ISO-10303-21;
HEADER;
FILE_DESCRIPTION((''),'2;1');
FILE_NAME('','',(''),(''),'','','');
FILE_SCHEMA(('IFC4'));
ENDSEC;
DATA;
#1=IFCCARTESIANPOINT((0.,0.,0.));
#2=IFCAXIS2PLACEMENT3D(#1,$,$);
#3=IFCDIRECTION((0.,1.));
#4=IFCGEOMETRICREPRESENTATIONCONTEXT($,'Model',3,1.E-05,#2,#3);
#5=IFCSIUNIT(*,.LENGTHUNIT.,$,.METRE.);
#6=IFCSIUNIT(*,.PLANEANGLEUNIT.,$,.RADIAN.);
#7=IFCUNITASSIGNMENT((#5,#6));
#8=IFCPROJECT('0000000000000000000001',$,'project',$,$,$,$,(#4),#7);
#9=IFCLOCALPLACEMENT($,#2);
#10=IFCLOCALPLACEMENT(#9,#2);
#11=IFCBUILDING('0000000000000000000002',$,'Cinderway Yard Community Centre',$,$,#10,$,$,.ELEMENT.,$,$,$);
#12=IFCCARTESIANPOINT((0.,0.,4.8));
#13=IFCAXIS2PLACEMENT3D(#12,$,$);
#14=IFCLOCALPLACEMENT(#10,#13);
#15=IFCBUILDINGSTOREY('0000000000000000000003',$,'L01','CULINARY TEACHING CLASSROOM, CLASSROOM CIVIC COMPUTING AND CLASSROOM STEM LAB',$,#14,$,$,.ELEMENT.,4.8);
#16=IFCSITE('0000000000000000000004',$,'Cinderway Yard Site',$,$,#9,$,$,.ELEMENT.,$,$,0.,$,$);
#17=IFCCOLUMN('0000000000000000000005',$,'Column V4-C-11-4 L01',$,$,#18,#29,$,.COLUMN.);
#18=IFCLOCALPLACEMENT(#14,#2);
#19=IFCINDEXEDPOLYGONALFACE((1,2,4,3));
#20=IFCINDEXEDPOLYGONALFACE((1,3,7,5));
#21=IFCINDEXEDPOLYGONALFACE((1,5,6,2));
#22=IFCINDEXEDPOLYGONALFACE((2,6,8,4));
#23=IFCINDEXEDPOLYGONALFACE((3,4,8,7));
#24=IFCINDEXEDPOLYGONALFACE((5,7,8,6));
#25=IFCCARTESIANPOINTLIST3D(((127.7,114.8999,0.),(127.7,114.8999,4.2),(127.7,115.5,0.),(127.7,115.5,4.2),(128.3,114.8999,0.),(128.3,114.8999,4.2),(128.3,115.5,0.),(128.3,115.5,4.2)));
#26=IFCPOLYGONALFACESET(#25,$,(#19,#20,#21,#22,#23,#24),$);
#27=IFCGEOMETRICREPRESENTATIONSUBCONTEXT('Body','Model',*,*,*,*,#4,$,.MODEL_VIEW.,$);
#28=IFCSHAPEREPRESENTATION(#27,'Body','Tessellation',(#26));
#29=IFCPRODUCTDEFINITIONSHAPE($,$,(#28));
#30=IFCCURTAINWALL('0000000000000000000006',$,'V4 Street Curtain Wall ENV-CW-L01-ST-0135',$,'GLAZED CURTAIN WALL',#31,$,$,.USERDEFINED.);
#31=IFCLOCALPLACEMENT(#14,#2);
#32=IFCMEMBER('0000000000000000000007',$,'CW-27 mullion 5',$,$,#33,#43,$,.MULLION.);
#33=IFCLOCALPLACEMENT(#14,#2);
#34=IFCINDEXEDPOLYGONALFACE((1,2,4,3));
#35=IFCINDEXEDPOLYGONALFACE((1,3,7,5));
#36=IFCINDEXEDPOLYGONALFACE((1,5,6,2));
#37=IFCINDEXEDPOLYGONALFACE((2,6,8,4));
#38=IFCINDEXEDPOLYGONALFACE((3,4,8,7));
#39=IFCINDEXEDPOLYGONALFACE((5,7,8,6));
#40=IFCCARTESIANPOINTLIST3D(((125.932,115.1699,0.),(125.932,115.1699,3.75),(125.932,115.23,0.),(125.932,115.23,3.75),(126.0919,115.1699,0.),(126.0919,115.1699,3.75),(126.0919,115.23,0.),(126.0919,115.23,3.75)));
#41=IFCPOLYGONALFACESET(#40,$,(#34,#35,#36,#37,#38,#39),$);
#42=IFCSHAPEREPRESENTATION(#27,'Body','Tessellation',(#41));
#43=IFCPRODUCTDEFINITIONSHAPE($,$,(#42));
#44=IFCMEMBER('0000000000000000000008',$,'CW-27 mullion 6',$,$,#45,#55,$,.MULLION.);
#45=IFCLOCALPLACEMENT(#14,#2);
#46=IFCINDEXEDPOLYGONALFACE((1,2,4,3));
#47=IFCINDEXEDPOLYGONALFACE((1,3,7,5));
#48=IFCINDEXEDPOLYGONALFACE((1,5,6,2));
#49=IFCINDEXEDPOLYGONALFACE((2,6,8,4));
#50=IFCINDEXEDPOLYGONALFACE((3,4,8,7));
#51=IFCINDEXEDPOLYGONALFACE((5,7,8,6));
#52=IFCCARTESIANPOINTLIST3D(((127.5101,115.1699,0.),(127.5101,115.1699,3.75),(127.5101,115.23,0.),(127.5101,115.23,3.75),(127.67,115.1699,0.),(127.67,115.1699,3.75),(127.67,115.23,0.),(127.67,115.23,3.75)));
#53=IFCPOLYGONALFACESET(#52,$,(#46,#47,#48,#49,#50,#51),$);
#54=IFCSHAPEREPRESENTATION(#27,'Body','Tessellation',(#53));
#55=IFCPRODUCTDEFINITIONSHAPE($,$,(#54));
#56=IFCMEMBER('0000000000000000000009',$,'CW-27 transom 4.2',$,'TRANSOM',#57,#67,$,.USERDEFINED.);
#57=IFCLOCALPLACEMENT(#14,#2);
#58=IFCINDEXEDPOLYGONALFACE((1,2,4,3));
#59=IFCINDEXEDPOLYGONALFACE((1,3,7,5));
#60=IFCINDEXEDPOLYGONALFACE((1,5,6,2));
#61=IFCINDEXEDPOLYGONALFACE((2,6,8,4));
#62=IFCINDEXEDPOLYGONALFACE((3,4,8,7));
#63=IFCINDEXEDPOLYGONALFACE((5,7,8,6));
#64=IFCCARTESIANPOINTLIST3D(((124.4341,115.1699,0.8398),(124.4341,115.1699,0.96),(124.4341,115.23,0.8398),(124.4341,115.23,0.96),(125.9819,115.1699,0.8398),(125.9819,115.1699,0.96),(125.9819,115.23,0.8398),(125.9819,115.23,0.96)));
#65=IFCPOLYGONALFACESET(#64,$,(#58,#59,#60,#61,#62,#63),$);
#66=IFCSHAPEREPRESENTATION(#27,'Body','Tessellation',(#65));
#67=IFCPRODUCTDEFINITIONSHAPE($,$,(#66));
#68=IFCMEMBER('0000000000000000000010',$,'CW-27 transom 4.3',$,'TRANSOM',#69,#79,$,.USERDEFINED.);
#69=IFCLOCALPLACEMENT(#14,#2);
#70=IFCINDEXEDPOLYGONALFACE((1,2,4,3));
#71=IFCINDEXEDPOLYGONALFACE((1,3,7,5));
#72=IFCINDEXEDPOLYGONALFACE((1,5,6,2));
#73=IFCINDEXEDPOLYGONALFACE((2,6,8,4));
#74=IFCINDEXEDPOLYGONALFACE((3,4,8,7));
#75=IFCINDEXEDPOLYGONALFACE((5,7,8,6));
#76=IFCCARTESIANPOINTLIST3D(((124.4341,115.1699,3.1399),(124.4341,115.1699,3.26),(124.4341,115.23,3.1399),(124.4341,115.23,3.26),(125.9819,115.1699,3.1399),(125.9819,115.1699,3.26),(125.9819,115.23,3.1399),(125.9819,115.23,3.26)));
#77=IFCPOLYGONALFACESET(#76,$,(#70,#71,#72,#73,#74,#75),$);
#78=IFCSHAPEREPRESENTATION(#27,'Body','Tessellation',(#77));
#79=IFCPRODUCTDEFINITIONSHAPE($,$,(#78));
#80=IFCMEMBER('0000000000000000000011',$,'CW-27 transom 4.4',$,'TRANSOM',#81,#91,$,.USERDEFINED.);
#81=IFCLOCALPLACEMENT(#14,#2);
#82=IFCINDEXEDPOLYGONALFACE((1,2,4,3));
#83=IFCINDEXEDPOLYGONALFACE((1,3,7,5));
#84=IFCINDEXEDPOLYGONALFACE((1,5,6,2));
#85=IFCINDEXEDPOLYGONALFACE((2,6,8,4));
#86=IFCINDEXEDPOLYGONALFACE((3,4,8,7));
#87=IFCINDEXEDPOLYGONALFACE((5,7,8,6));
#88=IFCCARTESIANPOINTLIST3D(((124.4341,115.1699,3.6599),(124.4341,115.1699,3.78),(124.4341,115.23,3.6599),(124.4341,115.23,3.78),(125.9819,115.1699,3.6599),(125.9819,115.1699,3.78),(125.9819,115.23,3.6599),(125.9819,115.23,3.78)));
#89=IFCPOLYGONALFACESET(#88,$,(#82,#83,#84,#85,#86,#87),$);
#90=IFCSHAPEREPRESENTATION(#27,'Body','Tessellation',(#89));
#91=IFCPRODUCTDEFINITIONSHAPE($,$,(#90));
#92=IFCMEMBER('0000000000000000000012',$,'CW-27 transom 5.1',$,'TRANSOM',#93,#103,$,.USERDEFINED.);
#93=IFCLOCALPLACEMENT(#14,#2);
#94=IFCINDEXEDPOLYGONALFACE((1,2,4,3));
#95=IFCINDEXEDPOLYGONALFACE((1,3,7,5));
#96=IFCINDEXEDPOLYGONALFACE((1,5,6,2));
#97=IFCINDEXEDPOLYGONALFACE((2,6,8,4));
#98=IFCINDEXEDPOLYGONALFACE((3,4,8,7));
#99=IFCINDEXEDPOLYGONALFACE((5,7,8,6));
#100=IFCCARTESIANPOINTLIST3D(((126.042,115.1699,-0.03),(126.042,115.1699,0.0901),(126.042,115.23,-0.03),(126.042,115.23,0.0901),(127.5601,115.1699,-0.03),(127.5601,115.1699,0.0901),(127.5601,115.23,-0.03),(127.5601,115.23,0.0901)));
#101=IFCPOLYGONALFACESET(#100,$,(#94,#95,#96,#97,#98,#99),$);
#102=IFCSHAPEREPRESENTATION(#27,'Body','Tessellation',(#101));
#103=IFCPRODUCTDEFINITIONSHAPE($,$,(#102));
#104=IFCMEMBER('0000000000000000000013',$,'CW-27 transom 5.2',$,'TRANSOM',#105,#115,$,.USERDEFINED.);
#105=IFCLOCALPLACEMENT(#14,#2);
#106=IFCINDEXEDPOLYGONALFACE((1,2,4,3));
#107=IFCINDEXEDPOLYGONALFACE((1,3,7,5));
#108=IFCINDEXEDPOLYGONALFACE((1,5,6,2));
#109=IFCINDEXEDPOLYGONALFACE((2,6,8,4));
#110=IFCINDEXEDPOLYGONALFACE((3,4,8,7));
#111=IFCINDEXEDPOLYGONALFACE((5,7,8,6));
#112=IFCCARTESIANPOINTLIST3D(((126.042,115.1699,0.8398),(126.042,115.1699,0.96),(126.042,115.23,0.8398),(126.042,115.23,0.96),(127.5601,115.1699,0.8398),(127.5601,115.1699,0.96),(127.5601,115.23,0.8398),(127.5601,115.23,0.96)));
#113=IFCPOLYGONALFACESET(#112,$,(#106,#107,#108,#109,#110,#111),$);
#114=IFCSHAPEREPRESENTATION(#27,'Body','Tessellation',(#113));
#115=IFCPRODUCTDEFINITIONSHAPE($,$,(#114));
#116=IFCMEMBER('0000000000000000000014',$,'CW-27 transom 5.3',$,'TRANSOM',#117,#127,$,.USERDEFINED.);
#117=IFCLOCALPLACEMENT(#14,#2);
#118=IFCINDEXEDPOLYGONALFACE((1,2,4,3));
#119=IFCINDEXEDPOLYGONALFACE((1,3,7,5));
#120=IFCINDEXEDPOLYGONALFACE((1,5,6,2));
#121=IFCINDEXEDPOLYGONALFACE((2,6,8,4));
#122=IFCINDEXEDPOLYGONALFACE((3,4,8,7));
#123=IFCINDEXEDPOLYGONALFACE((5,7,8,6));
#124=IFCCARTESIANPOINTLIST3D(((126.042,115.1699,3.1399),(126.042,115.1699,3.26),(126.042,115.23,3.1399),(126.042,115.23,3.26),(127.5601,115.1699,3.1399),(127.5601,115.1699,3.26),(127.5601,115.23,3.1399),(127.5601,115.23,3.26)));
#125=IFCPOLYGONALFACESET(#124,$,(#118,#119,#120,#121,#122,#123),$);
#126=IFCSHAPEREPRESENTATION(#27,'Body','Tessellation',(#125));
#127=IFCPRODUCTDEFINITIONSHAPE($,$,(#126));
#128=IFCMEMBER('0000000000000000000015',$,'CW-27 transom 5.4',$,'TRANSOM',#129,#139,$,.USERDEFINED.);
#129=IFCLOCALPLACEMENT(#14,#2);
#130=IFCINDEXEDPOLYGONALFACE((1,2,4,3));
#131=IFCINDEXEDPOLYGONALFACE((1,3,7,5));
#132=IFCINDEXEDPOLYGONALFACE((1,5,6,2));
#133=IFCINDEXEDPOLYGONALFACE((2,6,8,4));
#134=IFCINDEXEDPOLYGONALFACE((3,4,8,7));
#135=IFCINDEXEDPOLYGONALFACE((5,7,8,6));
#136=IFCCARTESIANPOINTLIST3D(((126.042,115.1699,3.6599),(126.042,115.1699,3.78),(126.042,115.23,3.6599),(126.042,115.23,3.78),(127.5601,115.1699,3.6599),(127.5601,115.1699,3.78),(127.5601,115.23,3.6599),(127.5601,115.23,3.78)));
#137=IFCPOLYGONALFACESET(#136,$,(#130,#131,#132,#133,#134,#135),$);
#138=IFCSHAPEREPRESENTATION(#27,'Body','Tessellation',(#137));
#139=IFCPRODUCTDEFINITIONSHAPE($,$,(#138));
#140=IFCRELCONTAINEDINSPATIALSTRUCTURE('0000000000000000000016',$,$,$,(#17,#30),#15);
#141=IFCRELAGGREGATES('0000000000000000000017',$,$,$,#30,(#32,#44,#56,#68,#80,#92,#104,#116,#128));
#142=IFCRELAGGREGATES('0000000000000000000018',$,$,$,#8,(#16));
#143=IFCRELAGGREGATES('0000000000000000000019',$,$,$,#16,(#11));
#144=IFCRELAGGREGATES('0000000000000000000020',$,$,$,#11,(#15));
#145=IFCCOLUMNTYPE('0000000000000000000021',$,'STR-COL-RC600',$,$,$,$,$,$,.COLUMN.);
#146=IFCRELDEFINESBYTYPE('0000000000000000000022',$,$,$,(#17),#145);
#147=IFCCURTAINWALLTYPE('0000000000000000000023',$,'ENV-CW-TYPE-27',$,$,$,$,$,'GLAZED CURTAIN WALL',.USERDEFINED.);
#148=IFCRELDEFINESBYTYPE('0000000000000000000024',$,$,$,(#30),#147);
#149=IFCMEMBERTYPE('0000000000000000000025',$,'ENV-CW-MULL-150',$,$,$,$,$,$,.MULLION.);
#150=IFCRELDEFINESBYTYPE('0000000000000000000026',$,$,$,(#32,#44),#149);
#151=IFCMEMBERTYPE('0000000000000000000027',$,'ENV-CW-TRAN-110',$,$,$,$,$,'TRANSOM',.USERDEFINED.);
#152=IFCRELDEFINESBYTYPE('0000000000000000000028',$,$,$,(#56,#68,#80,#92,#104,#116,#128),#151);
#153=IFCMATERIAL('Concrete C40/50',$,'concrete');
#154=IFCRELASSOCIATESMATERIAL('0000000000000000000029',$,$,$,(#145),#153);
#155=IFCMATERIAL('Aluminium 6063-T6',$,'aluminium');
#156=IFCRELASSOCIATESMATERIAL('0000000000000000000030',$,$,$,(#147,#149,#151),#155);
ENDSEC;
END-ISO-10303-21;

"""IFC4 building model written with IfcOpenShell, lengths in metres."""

from ifc_helpers import new_model, si_unit, direction, frame, origin, origin_2d, place, context, subcontext, project, spatial, rectangle, extrude, material, material_profile, profile_set, type_object, element, aggregate, save


model = new_model("IFC4")

# Units and contexts
model_context = context("Model", 3, precision=1e-05, world=origin(), true_north=direction((0.0, 1.0)))
body_context = subcontext(model_context, "Body", "Model", "MODEL_VIEW")
ifc_project = project(units=[si_unit("LENGTHUNIT", "METRE"), si_unit("PLANEANGLEUNIT", "RADIAN")], contexts=[model_context])

# Site, building, storey
site_placement = place(None, origin())
site = spatial("IfcSite", under=ifc_project, at=site_placement, Name="Cinderway Yard Site", CompositionType="ELEMENT", RefElevation=0.0)
building_placement = place(site_placement, origin())
building = spatial("IfcBuilding", under=site, at=building_placement, Name="Cinderway Yard Community Centre", CompositionType="ELEMENT")
storey_placement = place(building_placement, frame((0.0, 0.0, 4.8)))
storey = spatial("IfcBuildingStorey", under=building, at=storey_placement, Name="L01", Description="CULINARY TEACHING CLASSROOM, CLASSROOM CIVIC COMPUTING AND CLASSROOM STEM LAB", CompositionType="ELEMENT", Elevation=4.8)

# Column
ifc_material_1 = material(Name="Concrete C40/50", Category="concrete")
ifc_material_profile_1 = material_profile(ifc_material_1, rectangle(XDim=0.6001, YDim=0.6001, at=origin_2d()), Name="Concrete C40/50")
ifc_profile_set_1 = profile_set([ifc_material_profile_1], Name="Concrete C40/50")
column_type = type_object("IfcColumnType", Name="STR-COL-RC600", PredefinedType="COLUMN", material=ifc_profile_set_1)
column_placement = place(storey_placement, frame((128.0, 115.2, 0.0), z_axis=(0.0, 0.0, 1.0), x_axis=(1.0, 0.0, 0.0)))
element("IfcColumn", 1, at=column_placement, inside=storey, type_object=column_type, Name="Column V4-C-11-4 L01", PredefinedType="COLUMN", context=body_context, shape_type="SweptSolid", body=[
    extrude(rectangle(XDim=0.6001, YDim=0.6001, at=origin_2d()), origin(), (0.0, 0.0, 1.0), 4.2),
])

# Curtain wall, members
ifc_material_2 = material(Name="Aluminium 6063-T6", Category="aluminium")
curtain_wall_type = type_object("IfcCurtainWallType", Name="ENV-CW-TYPE-27", ElementType="GLAZED CURTAIN WALL", PredefinedType="USERDEFINED", material=ifc_material_2)
curtain_wall_placement = place(storey_placement, origin())
curtain_wall = element("IfcCurtainWall", 2, at=curtain_wall_placement, inside=storey, type_object=curtain_wall_type, Name="V4 Street Curtain Wall ENV-CW-L01-ST-0135", ObjectType="GLAZED CURTAIN WALL", PredefinedType="USERDEFINED")
ifc_material_profile_2 = material_profile(ifc_material_2, rectangle(XDim=0.0601, YDim=0.1599, at=origin_2d()), Name="Aluminium 6063-T6")
ifc_profile_set_2 = profile_set([ifc_material_profile_2], Name="Aluminium 6063-T6")
member_type_1 = type_object("IfcMemberType", Name="ENV-CW-MULL-150", PredefinedType="MULLION", material=ifc_profile_set_2)
member_1_placement = place(storey_placement, frame((126.012, 115.2, 0.0), z_axis=(0.0, 0.0, 1.0), x_axis=(0.0, 1.0, 0.0)))
member_1 = element("IfcMember", 3, at=member_1_placement, type_object=member_type_1, Name="CW-27 mullion 5", PredefinedType="MULLION", context=body_context, shape_type="SweptSolid", body=[
    extrude(rectangle(XDim=0.0601, YDim=0.1599, at=origin_2d()), origin(), (0.0, 0.0, 1.0), 3.75),
])
member_2_placement = place(storey_placement, frame((127.5901, 115.2, 0.0), z_axis=(0.0, 0.0, 1.0), x_axis=(0.0, 1.0, 0.0)))
member_2 = element("IfcMember", 4, at=member_2_placement, type_object=member_type_1, Name="CW-27 mullion 6", PredefinedType="MULLION", context=body_context, shape_type="SweptSolid", body=[
    extrude(rectangle(XDim=0.0601, YDim=0.1599, at=origin_2d()), origin(), (0.0, 0.0, 1.0), 3.75),
])
ifc_material_profile_3 = material_profile(ifc_material_2, rectangle(XDim=0.0601, YDim=0.1201, at=origin_2d()), Name="Aluminium 6063-T6")
ifc_profile_set_3 = profile_set([ifc_material_profile_3], Name="Aluminium 6063-T6")
member_type_2 = type_object("IfcMemberType", Name="ENV-CW-TRAN-110", ElementType="TRANSOM", PredefinedType="USERDEFINED", material=ifc_profile_set_3)
member_3_placement = place(storey_placement, frame((124.4341, 115.2, 0.8999), z_axis=(1.0, 0.0, 0.0), x_axis=(0.0, 1.0, 0.0)))
member_3 = element("IfcMember", 5, at=member_3_placement, type_object=member_type_2, Name="CW-27 transom 4.2", ObjectType="TRANSOM", PredefinedType="USERDEFINED", context=body_context, shape_type="SweptSolid", body=[
    extrude(rectangle(XDim=0.0601, YDim=0.1201, at=origin_2d()), origin(), (0.0, 0.0, 1.0), 1.5479),
])
member_4_placement = place(storey_placement, frame((124.4341, 115.2, 3.2), z_axis=(1.0, 0.0, 0.0), x_axis=(0.0, 1.0, 0.0)))
member_4 = element("IfcMember", 6, at=member_4_placement, type_object=member_type_2, Name="CW-27 transom 4.3", ObjectType="TRANSOM", PredefinedType="USERDEFINED", context=body_context, shape_type="SweptSolid", body=[
    extrude(rectangle(XDim=0.0601, YDim=0.1201, at=origin_2d()), origin(), (0.0, 0.0, 1.0), 1.5479),
])
member_5_placement = place(storey_placement, frame((124.4341, 115.2, 3.72), z_axis=(1.0, 0.0, 0.0), x_axis=(0.0, 1.0, 0.0)))
member_5 = element("IfcMember", 7, at=member_5_placement, type_object=member_type_2, Name="CW-27 transom 4.4", ObjectType="TRANSOM", PredefinedType="USERDEFINED", context=body_context, shape_type="SweptSolid", body=[
    extrude(rectangle(XDim=0.0601, YDim=0.1201, at=origin_2d()), origin(), (0.0, 0.0, 1.0), 1.5479),
])
member_6_placement = place(storey_placement, frame((126.042, 115.2, 0.03), z_axis=(1.0, 0.0, 0.0), x_axis=(0.0, 1.0, 0.0)))
member_6 = element("IfcMember", 8, at=member_6_placement, type_object=member_type_2, Name="CW-27 transom 5.1", ObjectType="TRANSOM", PredefinedType="USERDEFINED", context=body_context, shape_type="SweptSolid", body=[
    extrude(rectangle(XDim=0.0601, YDim=0.1201, at=origin_2d()), origin(), (0.0, 0.0, 1.0), 1.5181),
])
member_7_placement = place(storey_placement, frame((126.042, 115.2, 0.8999), z_axis=(1.0, 0.0, 0.0), x_axis=(0.0, 1.0, 0.0)))
member_7 = element("IfcMember", 9, at=member_7_placement, type_object=member_type_2, Name="CW-27 transom 5.2", ObjectType="TRANSOM", PredefinedType="USERDEFINED", context=body_context, shape_type="SweptSolid", body=[
    extrude(rectangle(XDim=0.0601, YDim=0.1201, at=origin_2d()), origin(), (0.0, 0.0, 1.0), 1.5181),
])
member_8_placement = place(storey_placement, frame((126.042, 115.2, 3.2), z_axis=(1.0, 0.0, 0.0), x_axis=(0.0, 1.0, 0.0)))
member_8 = element("IfcMember", 10, at=member_8_placement, type_object=member_type_2, Name="CW-27 transom 5.3", ObjectType="TRANSOM", PredefinedType="USERDEFINED", context=body_context, shape_type="SweptSolid", body=[
    extrude(rectangle(XDim=0.0601, YDim=0.1201, at=origin_2d()), origin(), (0.0, 0.0, 1.0), 1.5181),
])
member_9_placement = place(storey_placement, frame((126.042, 115.2, 3.72), z_axis=(1.0, 0.0, 0.0), x_axis=(0.0, 1.0, 0.0)))
member_9 = element("IfcMember", 11, at=member_9_placement, type_object=member_type_2, Name="CW-27 transom 5.4", ObjectType="TRANSOM", PredefinedType="USERDEFINED", context=body_context, shape_type="SweptSolid", body=[
    extrude(rectangle(XDim=0.0601, YDim=0.1201, at=origin_2d()), origin(), (0.0, 0.0, 1.0), 1.5181),
])

aggregate(curtain_wall, [member_1, member_2, member_3, member_4, member_5, member_6, member_7, member_8, member_9])

save(model, "model.ifc")
